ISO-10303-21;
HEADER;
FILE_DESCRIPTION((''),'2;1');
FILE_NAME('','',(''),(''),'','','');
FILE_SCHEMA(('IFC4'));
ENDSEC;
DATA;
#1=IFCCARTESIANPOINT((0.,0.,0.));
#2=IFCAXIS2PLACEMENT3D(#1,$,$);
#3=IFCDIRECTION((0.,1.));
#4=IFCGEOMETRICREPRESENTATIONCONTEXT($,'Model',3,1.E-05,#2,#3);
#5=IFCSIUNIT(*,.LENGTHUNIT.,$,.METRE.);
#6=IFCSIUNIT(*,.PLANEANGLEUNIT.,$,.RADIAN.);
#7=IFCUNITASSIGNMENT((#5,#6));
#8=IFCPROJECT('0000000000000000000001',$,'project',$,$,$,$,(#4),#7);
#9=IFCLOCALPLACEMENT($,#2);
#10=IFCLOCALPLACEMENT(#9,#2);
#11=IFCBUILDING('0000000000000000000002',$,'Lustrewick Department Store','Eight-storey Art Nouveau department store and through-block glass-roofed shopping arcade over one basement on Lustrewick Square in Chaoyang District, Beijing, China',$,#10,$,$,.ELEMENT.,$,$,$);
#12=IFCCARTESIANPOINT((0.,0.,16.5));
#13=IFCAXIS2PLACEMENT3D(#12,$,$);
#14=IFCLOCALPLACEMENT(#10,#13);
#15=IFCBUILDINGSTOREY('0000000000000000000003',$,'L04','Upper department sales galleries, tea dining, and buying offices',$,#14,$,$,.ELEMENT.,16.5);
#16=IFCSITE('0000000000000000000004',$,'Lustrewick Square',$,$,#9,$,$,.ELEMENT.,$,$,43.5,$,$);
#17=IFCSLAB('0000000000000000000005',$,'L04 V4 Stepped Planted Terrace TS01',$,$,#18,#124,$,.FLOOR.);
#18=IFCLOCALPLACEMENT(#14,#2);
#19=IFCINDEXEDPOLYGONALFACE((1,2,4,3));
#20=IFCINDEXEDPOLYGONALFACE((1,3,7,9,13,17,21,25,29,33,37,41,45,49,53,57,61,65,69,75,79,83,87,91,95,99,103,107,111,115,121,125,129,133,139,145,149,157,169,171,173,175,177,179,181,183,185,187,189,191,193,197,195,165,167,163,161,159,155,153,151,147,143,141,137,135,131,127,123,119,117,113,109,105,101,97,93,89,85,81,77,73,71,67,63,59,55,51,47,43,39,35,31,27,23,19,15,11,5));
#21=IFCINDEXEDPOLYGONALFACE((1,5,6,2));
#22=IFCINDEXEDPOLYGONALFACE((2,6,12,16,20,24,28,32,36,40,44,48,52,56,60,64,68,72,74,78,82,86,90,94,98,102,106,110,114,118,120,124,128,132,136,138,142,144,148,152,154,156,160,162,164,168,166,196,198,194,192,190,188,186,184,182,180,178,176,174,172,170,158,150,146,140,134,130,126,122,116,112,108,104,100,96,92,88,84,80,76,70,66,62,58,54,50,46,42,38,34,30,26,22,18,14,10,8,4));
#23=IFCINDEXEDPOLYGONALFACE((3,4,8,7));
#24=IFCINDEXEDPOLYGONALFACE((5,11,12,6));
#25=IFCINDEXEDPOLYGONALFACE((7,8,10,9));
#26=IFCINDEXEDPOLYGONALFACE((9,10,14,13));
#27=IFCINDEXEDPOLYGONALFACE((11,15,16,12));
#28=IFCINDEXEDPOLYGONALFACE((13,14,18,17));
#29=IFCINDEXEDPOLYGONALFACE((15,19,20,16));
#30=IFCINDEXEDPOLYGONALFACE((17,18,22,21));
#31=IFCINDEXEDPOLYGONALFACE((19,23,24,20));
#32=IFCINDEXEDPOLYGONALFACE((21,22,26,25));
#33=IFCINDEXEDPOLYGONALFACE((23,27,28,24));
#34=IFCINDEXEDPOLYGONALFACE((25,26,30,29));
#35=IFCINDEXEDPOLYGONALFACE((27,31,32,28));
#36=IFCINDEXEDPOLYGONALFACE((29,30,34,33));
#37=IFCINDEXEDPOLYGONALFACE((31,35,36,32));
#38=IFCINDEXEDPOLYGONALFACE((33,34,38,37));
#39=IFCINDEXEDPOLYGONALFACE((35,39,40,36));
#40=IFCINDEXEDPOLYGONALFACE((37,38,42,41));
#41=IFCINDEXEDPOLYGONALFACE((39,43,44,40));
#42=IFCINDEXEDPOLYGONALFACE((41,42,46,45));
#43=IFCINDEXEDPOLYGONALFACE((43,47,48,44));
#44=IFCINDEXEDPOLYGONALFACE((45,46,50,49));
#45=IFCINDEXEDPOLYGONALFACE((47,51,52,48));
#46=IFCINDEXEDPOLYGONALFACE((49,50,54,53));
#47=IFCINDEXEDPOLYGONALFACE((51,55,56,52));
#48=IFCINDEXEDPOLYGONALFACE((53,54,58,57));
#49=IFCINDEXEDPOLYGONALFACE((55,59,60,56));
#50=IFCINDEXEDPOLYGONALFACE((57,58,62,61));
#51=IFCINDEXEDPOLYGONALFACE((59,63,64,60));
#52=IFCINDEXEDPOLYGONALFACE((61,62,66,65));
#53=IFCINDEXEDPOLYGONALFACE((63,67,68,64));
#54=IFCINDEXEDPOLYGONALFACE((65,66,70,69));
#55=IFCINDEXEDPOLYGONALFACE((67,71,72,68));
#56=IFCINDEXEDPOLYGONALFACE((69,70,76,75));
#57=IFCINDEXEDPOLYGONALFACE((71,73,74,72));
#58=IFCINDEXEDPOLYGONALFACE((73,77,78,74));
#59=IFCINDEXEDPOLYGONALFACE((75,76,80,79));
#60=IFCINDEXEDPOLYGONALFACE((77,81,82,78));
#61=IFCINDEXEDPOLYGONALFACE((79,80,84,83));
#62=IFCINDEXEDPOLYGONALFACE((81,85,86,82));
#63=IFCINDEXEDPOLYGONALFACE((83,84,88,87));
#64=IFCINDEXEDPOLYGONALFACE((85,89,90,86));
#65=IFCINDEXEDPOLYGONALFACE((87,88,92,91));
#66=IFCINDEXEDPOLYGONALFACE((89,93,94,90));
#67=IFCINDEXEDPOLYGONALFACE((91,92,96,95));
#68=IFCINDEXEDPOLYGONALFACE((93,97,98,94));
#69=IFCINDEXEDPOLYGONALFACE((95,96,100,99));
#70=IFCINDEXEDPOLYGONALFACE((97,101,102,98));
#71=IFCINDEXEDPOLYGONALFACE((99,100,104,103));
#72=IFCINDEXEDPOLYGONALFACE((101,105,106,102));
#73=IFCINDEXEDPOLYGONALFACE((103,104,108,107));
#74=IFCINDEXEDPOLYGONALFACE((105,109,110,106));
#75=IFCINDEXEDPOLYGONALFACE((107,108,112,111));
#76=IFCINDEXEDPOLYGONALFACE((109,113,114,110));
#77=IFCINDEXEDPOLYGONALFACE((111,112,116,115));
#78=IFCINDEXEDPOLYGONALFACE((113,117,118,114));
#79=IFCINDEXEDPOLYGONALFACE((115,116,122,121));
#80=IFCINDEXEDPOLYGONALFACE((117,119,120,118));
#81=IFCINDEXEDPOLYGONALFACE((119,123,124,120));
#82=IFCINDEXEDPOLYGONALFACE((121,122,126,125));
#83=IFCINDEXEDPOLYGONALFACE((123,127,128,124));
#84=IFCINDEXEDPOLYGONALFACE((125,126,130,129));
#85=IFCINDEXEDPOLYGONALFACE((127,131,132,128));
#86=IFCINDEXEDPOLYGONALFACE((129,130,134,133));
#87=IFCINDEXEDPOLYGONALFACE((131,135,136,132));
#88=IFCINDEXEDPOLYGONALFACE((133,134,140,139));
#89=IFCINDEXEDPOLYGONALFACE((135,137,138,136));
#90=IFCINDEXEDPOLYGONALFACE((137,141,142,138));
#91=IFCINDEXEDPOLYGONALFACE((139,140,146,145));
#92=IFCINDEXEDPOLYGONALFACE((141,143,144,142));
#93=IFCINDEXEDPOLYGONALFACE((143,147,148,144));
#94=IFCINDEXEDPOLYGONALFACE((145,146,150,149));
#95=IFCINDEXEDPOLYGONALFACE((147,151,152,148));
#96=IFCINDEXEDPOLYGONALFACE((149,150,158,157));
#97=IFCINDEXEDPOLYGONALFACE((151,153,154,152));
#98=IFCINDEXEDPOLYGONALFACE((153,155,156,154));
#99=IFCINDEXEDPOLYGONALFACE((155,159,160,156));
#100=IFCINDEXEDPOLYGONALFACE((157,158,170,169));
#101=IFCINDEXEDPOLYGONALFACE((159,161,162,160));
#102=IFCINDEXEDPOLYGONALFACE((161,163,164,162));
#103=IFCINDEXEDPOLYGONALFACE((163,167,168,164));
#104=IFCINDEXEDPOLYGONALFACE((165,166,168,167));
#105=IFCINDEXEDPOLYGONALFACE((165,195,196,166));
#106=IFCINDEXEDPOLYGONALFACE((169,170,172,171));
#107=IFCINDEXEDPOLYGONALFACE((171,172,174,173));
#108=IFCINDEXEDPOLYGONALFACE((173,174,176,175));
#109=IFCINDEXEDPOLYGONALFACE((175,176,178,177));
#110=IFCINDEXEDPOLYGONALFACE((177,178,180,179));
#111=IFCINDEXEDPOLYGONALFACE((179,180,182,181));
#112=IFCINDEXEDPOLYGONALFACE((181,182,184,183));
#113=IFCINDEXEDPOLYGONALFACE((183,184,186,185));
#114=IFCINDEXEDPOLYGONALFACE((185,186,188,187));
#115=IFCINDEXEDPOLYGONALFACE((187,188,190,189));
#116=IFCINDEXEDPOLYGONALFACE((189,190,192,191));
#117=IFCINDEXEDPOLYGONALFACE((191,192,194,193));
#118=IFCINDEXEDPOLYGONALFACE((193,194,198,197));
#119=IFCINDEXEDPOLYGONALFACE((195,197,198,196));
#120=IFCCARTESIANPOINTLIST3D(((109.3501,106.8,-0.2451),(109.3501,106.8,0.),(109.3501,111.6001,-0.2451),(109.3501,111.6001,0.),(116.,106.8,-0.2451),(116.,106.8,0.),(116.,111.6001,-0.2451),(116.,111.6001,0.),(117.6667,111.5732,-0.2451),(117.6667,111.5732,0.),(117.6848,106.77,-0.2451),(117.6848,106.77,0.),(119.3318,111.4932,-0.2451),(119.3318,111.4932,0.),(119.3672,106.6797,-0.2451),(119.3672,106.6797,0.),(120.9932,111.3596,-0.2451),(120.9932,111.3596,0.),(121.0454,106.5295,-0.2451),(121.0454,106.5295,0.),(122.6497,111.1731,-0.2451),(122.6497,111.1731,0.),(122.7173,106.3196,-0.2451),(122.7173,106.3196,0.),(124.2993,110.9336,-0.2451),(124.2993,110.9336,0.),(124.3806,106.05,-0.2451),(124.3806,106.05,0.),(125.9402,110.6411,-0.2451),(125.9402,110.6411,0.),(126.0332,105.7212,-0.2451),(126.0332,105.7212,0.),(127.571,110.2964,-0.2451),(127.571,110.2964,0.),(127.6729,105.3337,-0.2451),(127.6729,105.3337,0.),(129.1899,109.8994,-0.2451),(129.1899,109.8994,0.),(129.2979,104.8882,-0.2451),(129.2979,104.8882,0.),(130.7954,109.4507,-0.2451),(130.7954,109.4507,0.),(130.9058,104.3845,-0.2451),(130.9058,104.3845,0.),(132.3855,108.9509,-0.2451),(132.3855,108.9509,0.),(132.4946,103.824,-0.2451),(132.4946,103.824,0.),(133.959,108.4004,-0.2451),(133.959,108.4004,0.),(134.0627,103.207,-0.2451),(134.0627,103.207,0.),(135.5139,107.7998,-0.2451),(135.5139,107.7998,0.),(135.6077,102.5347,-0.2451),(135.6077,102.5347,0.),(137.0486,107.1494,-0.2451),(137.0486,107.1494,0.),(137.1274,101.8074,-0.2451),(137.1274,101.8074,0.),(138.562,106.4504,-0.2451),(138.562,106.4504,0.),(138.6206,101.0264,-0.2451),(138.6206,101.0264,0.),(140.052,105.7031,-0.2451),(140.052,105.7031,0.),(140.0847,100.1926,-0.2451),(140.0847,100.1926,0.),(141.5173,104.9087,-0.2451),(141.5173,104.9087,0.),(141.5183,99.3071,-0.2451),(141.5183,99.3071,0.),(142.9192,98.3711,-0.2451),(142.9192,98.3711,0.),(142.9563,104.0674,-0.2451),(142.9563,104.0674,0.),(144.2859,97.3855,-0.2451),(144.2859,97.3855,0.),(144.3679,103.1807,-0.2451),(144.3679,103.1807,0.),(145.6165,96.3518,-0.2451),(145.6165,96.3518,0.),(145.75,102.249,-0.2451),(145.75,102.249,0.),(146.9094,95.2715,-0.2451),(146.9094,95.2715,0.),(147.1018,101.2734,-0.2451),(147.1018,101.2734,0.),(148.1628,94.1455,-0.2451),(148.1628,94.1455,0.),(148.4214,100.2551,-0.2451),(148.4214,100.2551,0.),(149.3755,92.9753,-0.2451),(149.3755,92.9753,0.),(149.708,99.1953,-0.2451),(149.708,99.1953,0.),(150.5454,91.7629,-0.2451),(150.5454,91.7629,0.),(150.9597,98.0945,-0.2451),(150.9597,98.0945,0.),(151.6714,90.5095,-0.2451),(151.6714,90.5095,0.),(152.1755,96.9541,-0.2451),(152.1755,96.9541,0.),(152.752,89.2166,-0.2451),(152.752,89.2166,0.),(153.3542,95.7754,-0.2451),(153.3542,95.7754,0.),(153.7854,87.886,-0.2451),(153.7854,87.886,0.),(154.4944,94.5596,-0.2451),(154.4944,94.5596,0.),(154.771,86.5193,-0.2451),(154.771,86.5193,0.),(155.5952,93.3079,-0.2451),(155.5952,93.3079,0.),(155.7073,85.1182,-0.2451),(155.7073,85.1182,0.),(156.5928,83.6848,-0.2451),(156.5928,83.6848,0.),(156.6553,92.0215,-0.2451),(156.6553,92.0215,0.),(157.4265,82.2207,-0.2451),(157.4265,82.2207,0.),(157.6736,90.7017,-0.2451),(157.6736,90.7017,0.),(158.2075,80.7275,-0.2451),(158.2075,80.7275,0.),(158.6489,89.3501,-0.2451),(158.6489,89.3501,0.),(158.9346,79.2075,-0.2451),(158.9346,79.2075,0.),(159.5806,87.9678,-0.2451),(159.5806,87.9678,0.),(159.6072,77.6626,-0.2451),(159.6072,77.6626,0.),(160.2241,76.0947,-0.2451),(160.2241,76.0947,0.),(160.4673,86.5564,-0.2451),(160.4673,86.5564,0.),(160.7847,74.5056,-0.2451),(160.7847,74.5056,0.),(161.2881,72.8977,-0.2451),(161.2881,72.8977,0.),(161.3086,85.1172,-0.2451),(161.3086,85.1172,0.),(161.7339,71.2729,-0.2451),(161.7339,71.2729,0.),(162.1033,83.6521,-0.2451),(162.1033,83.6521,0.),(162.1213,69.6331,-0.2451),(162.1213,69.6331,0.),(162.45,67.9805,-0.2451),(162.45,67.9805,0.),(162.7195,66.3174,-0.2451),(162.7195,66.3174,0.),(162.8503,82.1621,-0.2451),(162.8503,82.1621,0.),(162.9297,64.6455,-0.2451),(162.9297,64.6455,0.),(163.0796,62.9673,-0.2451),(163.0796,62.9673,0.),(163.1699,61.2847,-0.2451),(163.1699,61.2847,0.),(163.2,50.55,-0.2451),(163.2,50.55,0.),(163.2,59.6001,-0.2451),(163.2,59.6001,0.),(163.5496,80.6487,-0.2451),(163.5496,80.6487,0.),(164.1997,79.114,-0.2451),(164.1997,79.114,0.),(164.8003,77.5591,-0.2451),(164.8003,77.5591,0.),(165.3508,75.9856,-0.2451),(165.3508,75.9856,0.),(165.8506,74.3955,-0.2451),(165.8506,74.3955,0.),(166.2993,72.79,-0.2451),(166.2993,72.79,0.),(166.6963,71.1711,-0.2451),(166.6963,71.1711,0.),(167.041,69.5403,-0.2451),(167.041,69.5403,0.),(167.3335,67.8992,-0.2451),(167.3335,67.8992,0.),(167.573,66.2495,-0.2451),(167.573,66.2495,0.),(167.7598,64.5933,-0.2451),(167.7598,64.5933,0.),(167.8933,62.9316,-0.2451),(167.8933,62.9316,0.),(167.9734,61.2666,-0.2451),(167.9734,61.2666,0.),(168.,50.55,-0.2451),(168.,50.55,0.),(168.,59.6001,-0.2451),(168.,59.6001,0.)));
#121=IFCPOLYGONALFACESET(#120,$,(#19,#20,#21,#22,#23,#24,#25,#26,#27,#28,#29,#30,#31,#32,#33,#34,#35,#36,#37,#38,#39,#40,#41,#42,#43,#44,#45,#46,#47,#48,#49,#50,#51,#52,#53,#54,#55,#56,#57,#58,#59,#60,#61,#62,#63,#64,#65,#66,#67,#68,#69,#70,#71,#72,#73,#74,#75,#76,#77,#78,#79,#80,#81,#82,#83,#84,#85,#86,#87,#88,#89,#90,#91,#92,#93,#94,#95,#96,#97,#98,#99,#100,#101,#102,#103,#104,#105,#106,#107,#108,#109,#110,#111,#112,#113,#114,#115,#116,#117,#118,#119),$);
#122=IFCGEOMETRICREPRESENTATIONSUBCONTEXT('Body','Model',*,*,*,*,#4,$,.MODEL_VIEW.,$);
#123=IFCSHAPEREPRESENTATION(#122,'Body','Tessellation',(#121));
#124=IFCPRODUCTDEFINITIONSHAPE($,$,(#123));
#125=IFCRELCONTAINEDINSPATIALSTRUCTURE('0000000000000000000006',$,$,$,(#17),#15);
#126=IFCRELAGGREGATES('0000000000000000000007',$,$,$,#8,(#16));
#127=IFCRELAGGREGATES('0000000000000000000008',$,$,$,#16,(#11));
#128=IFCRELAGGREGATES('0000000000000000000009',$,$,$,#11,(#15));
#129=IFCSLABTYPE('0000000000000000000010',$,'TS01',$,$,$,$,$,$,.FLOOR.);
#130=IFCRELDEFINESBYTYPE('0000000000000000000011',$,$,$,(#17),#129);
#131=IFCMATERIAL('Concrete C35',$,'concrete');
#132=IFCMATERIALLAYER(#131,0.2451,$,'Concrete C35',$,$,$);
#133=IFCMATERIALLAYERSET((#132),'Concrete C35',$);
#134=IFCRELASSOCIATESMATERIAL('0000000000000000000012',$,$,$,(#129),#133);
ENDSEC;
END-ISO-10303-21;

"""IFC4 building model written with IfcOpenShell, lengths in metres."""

from ifc_helpers import new_model, si_unit, direction, frame, origin, place, context, subcontext, project, spatial, polyline, outline, extrude, material, layer, layer_set, type_object, element, save


model = new_model("IFC4")

# Units and contexts
model_context = context("Model", 3, precision=1e-05, world=origin(), true_north=direction((0.0, 1.0)))
body_context = subcontext(model_context, "Body", "Model", "MODEL_VIEW")
ifc_project = project(units=[si_unit("LENGTHUNIT", "METRE"), si_unit("PLANEANGLEUNIT", "RADIAN")], contexts=[model_context])

# Site, building, storey
site_placement = place(None, origin())
site = spatial("IfcSite", under=ifc_project, at=site_placement, Name="Lustrewick Square", CompositionType="ELEMENT", RefElevation=43.5)
building_placement = place(site_placement, origin())
building = spatial("IfcBuilding", under=site, at=building_placement, Name="Lustrewick Department Store", Description="Eight-storey Art Nouveau department store and through-block glass-roofed shopping arcade over one basement on Lustrewick Square in Chaoyang District, Beijing, China", CompositionType="ELEMENT")
storey_placement = place(building_placement, frame((0.0, 0.0, 16.5)))
storey = spatial("IfcBuildingStorey", under=building, at=storey_placement, Name="L04", Description="Upper department sales galleries, tea dining, and buying offices", CompositionType="ELEMENT", Elevation=16.5)

# Shared definitions
ifc_material_1 = material(Name="Concrete C35", Category="concrete")

# Slab
ifc_layer_1 = layer(ifc_material_1, 0.2451, Name="Concrete C35")
ifc_layer_set_1 = layer_set([ifc_layer_1], Name="Concrete C35")
slab_type_1 = type_object("IfcSlabType", Name="TS01", PredefinedType="FLOOR", material=ifc_layer_set_1)
slab_1_placement = place(storey_placement, frame((0.0, 0.0, -0.2451)))
element("IfcSlab", 1, at=slab_1_placement, inside=storey, type_object=slab_type_1, Name="L04 V4 Stepped Planted Terrace TS01", PredefinedType="FLOOR", context=body_context, shape_type="SweptSolid", body=[
    extrude(outline(polyline([(109.3501, 111.6001), (109.3501, 106.8), (116.0, 106.8), (117.6848, 106.77), (119.3672, 106.6797), (121.0454, 106.5295), (122.7173, 106.3196), (124.3806, 106.05), (126.0332, 105.7212), (127.6729, 105.3337), (129.2979, 104.8882), (130.9058, 104.3845), (132.4946, 103.824), (134.0627, 103.207), (135.6077, 102.5347), (137.1274, 101.8074), (138.6206, 101.0264), (140.0847, 100.1926), (141.5183, 99.3071), (142.9192, 98.3711), (144.2859, 97.3855), (145.6165, 96.3518), (146.9094, 95.2715), (148.1628, 94.1455), (149.3755, 92.9753), (150.5454, 91.7629), (151.6714, 90.5095), (152.752, 89.2166), (153.7854, 87.886), (154.771, 86.5193), (155.7073, 85.1182), (156.5928, 83.6848), (157.4265, 82.2207), (158.2075, 80.7275), (158.9346, 79.2075), (159.6072, 77.6626), (160.2241, 76.0947), (160.7847, 74.5056), (161.2881, 72.8977), (161.7339, 71.2729), (162.1213, 69.6331), (162.45, 67.9805), (162.7195, 66.3174), (162.9297, 64.6455), (163.0796, 62.9673), (163.1699, 61.2847), (163.2, 59.6001), (163.2, 50.55), (168.0, 50.55), (168.0, 59.6001), (167.9734, 61.2666), (167.8933, 62.9316), (167.7598, 64.5933), (167.573, 66.2495), (167.3335, 67.8992), (167.041, 69.5403), (166.6963, 71.1711), (166.2993, 72.79), (165.8506, 74.3955), (165.3508, 75.9856), (164.8003, 77.5591), (164.1997, 79.114), (163.5496, 80.6487), (162.8503, 82.1621), (162.1033, 83.6521), (161.3086, 85.1172), (160.4673, 86.5564), (159.5806, 87.9678), (158.6489, 89.3501), (157.6736, 90.7017), (156.6553, 92.0215), (155.5952, 93.3079), (154.4944, 94.5596), (153.3542, 95.7754), (152.1755, 96.9541), (150.9597, 98.0945), (149.708, 99.1953), (148.4214, 100.2551), (147.1018, 101.2734), (145.75, 102.249), (144.3679, 103.1807), (142.9563, 104.0674), (141.5173, 104.9087), (140.052, 105.7031), (138.562, 106.4504), (137.0486, 107.1494), (135.5139, 107.7998), (133.959, 108.4004), (132.3855, 108.9509), (130.7954, 109.4507), (129.1899, 109.8994), (127.571, 110.2964), (125.9402, 110.6411), (124.2993, 110.9336), (122.6497, 111.1731), (120.9932, 111.3596), (119.3318, 111.4932), (117.6667, 111.5732), (116.0, 111.6001), (109.3501, 111.6001)])), origin(), (0.0, 0.0, 1.0), 0.2451),
])

save(model, "model.ifc")
